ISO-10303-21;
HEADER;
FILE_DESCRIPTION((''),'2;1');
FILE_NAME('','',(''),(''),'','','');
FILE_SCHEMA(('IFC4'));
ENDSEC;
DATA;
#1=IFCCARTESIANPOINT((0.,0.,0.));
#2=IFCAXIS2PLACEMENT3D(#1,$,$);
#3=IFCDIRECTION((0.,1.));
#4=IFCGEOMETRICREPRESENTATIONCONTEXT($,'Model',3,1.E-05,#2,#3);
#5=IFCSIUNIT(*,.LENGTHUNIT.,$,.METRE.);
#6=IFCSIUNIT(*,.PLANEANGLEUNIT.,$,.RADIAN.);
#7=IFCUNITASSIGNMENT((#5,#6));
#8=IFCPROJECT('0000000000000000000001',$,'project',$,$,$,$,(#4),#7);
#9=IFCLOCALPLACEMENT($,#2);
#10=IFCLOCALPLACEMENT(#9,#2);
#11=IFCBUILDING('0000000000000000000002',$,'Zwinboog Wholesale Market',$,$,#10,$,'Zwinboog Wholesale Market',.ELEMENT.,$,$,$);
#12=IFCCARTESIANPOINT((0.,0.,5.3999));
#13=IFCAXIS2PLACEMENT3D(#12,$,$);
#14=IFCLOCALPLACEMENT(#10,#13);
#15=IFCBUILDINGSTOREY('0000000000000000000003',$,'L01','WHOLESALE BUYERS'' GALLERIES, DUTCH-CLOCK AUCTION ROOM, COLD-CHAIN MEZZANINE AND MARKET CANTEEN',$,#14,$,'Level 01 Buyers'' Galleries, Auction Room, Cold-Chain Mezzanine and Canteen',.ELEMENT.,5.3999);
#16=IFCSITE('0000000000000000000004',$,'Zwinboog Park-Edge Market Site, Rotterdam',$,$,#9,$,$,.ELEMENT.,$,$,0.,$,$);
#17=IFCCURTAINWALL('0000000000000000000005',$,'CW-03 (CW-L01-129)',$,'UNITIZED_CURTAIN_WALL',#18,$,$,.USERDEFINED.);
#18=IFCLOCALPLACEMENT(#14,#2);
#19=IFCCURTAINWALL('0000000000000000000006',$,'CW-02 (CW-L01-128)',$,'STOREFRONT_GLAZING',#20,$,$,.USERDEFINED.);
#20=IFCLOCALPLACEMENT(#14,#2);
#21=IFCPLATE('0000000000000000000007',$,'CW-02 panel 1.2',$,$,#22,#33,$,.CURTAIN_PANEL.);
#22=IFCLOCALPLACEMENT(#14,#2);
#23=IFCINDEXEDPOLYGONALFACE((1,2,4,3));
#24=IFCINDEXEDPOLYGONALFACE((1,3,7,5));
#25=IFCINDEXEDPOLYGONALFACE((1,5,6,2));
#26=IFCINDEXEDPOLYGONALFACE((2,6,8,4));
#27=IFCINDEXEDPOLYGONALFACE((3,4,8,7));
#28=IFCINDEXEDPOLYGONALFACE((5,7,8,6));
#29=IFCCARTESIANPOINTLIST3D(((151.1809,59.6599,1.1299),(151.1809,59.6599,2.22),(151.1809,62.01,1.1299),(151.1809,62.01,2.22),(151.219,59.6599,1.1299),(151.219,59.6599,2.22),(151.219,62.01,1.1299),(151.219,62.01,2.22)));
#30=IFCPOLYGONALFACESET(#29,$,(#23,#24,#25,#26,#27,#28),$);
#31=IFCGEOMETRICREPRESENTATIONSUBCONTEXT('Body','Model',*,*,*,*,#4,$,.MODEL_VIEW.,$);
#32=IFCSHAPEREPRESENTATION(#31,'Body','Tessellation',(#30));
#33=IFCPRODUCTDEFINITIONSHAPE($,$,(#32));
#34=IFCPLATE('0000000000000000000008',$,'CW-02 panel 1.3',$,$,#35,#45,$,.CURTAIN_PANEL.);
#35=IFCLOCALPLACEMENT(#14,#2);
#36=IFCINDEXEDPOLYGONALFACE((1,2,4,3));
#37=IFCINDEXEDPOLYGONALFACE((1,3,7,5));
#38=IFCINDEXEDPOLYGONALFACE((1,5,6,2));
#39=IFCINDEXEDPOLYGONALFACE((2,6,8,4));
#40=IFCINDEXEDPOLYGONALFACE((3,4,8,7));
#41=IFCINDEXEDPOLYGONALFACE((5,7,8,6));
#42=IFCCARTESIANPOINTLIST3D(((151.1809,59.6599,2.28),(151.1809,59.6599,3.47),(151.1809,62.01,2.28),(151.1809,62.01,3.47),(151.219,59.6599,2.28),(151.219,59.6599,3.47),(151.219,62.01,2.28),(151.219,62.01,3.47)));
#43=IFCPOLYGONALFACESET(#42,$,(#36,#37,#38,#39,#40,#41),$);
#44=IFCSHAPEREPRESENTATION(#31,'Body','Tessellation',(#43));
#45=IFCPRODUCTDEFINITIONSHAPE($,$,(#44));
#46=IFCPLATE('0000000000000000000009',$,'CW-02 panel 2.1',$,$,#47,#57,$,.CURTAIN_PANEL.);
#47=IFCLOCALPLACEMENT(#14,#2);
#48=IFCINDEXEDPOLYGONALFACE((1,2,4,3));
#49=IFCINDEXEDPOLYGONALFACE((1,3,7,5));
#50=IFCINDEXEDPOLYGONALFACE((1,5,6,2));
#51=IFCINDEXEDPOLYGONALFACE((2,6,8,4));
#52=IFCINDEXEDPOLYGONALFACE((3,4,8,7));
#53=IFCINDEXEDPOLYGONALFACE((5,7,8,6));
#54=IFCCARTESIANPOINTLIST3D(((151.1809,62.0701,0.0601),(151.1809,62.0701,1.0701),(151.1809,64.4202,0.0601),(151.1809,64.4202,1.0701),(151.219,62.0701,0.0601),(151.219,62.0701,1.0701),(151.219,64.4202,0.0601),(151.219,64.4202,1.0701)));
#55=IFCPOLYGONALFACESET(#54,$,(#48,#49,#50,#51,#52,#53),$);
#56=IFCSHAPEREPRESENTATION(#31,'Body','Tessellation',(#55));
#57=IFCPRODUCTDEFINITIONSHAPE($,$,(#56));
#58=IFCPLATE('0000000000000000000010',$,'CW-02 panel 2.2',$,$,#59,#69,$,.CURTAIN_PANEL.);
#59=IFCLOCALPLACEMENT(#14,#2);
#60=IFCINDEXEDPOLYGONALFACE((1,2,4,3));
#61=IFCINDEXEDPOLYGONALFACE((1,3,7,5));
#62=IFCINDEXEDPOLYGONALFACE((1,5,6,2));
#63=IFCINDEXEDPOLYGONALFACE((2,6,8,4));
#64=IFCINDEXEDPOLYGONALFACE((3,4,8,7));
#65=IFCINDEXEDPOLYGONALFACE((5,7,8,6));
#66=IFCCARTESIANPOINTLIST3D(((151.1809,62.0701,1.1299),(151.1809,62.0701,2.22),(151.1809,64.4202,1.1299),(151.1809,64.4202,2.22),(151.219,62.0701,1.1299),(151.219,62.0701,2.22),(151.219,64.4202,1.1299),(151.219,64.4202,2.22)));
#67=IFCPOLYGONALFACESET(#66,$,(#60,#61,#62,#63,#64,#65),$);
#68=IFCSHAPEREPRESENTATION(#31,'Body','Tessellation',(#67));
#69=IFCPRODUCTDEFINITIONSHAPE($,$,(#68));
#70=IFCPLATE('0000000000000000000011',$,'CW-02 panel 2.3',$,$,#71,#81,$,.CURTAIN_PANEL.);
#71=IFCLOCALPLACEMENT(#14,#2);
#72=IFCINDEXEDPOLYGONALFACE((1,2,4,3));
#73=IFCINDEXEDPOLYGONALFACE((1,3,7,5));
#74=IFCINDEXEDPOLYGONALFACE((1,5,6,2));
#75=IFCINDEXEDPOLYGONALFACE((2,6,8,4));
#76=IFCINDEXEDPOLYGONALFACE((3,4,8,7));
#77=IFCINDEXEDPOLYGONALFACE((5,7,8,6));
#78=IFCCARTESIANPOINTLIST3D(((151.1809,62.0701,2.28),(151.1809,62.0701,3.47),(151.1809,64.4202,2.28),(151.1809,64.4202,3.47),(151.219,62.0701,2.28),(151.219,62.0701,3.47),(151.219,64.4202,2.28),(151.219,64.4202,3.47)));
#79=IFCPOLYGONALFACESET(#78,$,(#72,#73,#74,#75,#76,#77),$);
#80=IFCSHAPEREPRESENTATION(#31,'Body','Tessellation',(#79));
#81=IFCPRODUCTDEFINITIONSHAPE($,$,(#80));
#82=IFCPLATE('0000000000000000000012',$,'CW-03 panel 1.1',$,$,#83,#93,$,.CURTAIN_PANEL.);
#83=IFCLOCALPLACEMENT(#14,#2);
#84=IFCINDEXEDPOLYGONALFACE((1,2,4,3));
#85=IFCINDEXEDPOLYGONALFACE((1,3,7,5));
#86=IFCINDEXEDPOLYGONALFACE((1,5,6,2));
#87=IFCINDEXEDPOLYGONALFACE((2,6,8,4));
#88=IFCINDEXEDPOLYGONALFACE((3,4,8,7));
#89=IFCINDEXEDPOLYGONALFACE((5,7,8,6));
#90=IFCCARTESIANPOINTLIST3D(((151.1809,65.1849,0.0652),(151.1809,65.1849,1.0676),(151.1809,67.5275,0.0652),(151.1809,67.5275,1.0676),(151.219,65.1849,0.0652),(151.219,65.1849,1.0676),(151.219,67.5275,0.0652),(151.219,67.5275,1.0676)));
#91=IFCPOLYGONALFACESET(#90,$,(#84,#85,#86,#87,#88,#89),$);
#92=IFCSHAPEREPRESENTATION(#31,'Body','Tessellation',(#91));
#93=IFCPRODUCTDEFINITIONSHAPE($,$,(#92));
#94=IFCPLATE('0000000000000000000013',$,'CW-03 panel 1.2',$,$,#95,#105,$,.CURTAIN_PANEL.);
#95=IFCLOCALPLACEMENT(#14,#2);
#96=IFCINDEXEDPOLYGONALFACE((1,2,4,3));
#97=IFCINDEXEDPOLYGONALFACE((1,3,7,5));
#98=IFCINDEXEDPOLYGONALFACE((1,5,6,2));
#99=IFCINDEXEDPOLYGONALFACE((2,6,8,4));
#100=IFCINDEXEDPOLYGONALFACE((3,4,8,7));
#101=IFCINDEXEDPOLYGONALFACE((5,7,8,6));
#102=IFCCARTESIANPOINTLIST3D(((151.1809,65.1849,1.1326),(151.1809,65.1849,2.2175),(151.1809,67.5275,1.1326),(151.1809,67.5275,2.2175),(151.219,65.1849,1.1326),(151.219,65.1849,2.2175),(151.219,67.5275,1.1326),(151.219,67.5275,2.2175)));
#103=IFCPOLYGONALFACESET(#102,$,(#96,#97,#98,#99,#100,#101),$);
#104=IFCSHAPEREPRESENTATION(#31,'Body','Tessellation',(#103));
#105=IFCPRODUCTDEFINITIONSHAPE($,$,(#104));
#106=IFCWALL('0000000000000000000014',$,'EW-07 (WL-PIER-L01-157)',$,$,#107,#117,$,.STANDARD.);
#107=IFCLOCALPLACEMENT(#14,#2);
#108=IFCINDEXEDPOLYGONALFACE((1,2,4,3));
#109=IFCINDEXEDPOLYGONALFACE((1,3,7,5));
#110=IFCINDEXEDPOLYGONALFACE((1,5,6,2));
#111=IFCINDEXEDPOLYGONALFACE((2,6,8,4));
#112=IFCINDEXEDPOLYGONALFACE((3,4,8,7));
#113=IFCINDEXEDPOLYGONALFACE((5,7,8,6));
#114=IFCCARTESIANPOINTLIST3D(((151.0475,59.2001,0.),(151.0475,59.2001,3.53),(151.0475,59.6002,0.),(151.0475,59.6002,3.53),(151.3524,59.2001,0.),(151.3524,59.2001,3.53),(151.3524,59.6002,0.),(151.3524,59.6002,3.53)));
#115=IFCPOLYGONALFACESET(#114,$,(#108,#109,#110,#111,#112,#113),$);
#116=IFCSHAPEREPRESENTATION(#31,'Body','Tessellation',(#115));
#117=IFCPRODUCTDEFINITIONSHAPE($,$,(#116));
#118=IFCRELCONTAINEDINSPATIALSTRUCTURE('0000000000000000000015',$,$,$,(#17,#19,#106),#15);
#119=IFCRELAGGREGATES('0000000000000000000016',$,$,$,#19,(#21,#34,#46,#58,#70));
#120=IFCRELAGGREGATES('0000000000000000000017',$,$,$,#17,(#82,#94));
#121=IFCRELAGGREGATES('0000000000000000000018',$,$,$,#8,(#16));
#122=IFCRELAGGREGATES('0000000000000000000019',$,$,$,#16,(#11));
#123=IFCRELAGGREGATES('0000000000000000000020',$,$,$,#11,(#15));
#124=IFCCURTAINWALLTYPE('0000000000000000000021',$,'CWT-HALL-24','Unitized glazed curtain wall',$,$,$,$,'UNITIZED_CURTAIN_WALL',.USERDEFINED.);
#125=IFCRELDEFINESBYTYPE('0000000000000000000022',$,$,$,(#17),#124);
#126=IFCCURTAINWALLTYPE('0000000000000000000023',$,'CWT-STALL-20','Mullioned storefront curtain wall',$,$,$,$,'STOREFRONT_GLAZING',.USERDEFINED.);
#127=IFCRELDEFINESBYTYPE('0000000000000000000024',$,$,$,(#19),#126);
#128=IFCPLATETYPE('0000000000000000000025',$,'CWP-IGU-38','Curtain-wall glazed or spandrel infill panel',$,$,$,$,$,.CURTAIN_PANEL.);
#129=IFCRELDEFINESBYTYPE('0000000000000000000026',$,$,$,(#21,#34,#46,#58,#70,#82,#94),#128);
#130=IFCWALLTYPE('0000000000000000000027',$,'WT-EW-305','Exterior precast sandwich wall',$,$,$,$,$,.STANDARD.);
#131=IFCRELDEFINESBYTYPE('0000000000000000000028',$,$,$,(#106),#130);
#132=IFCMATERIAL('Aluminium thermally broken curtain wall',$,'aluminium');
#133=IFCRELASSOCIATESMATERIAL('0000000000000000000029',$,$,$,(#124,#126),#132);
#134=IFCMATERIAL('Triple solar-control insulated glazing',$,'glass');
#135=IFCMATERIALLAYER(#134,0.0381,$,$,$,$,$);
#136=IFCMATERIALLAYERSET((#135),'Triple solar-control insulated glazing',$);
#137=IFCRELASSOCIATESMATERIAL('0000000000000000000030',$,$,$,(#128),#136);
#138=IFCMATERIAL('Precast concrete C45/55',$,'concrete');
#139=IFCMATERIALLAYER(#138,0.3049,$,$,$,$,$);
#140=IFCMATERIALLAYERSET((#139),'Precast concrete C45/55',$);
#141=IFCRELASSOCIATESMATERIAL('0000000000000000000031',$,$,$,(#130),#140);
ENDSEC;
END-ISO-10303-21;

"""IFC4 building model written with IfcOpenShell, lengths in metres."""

from ifc_helpers import new_model, si_unit, direction, frame, frame_2d, origin, origin_2d, place, context, subcontext, project, spatial, rectangle, extrude, material, layer, layer_set, type_object, element, aggregate, save


model = new_model("IFC4")

# Units and contexts
model_context = context("Model", 3, precision=1e-05, world=origin(), true_north=direction((0.0, 1.0)))
body_context = subcontext(model_context, "Body", "Model", "MODEL_VIEW")
ifc_project = project(units=[si_unit("LENGTHUNIT", "METRE"), si_unit("PLANEANGLEUNIT", "RADIAN")], contexts=[model_context])

# Site, building, storey
site_placement = place(None, origin())
site = spatial("IfcSite", under=ifc_project, at=site_placement, Name="Zwinboog Park-Edge Market Site, Rotterdam", CompositionType="ELEMENT", RefElevation=0.0)
building_placement = place(site_placement, origin())
building = spatial("IfcBuilding", under=site, at=building_placement, Name="Zwinboog Wholesale Market", LongName="Zwinboog Wholesale Market", CompositionType="ELEMENT")
storey_placement = place(building_placement, frame((0.0, 0.0, 5.3999)))
storey = spatial("IfcBuildingStorey", under=building, at=storey_placement, Name="L01", Description="WHOLESALE BUYERS' GALLERIES, DUTCH-CLOCK AUCTION ROOM, COLD-CHAIN MEZZANINE AND MARKET CANTEEN", LongName="Level 01 Buyers' Galleries, Auction Room, Cold-Chain Mezzanine and Canteen", CompositionType="ELEMENT", Elevation=5.3999)

# Shared definitions
ifc_material_1 = material(Name="Precast concrete C45/55", Category="concrete")

# Curtain wall
ifc_material_2 = material(Name="Aluminium thermally broken curtain wall", Category="aluminium")
curtain_wall_type_1 = type_object("IfcCurtainWallType", Name="CWT-HALL-24", Description="Unitized glazed curtain wall", ElementType="UNITIZED_CURTAIN_WALL", PredefinedType="USERDEFINED", material=ifc_material_2)
curtain_wall_1_placement = place(storey_placement, origin())
curtain_wall_1 = element("IfcCurtainWall", 1, at=curtain_wall_1_placement, inside=storey, type_object=curtain_wall_type_1, Name="CW-03 (CW-L01-129)", ObjectType="UNITIZED_CURTAIN_WALL", PredefinedType="USERDEFINED")

# Curtain wall
curtain_wall_type_2 = type_object("IfcCurtainWallType", Name="CWT-STALL-20", Description="Mullioned storefront curtain wall", ElementType="STOREFRONT_GLAZING", PredefinedType="USERDEFINED", material=ifc_material_2)
curtain_wall_2_placement = place(storey_placement, origin())
curtain_wall_2 = element("IfcCurtainWall", 2, at=curtain_wall_2_placement, inside=storey, type_object=curtain_wall_type_2, Name="CW-02 (CW-L01-128)", ObjectType="STOREFRONT_GLAZING", PredefinedType="USERDEFINED")

# Plates
ifc_material_3 = material(Name="Triple solar-control insulated glazing", Category="glass")
ifc_layer_1 = layer(ifc_material_3, 0.0381)
ifc_layer_set_1 = layer_set([ifc_layer_1], Name="Triple solar-control insulated glazing")
plate_type = type_object("IfcPlateType", Name="CWP-IGU-38", Description="Curtain-wall glazed or spandrel infill panel", PredefinedType="CURTAIN_PANEL", material=ifc_layer_set_1)
plate_1_placement = place(storey_placement, frame((151.2, 60.835, 1.1299), z_axis=(0.0, 0.0, 1.0), x_axis=(0.0, 1.0, 0.0)))
plate_1 = element("IfcPlate", 3, at=plate_1_placement, type_object=plate_type, Name="CW-02 panel 1.2", PredefinedType="CURTAIN_PANEL", context=body_context, shape_type="SweptSolid", body=[
    extrude(rectangle(XDim=2.3501, YDim=0.0381, at=origin_2d()), origin(), (0.0, 0.0, 1.0), 1.0901),
])
plate_2_placement = place(storey_placement, frame((151.2, 60.835, 2.28), z_axis=(0.0, 0.0, 1.0), x_axis=(0.0, 1.0, 0.0)))
plate_2 = element("IfcPlate", 4, at=plate_2_placement, type_object=plate_type, Name="CW-02 panel 1.3", PredefinedType="CURTAIN_PANEL", context=body_context, shape_type="SweptSolid", body=[
    extrude(rectangle(XDim=2.3501, YDim=0.0381, at=origin_2d()), origin(), (0.0, 0.0, 1.0), 1.1899),
])
plate_3_placement = place(storey_placement, frame((151.2, 63.2451, 0.0601), z_axis=(0.0, 0.0, 1.0), x_axis=(0.0, 1.0, 0.0)))
plate_3 = element("IfcPlate", 5, at=plate_3_placement, type_object=plate_type, Name="CW-02 panel 2.1", PredefinedType="CURTAIN_PANEL", context=body_context, shape_type="SweptSolid", body=[
    extrude(rectangle(XDim=2.3501, YDim=0.0381, at=origin_2d()), origin(), (0.0, 0.0, 1.0), 1.01),
])
plate_4_placement = place(storey_placement, frame((151.2, 63.2451, 1.1299), z_axis=(0.0, 0.0, 1.0), x_axis=(0.0, 1.0, 0.0)))
plate_4 = element("IfcPlate", 6, at=plate_4_placement, type_object=plate_type, Name="CW-02 panel 2.2", PredefinedType="CURTAIN_PANEL", context=body_context, shape_type="SweptSolid", body=[
    extrude(rectangle(XDim=2.3501, YDim=0.0381, at=origin_2d()), origin(), (0.0, 0.0, 1.0), 1.0901),
])
plate_5_placement = place(storey_placement, frame((151.2, 63.2451, 2.28), z_axis=(0.0, 0.0, 1.0), x_axis=(0.0, 1.0, 0.0)))
plate_5 = element("IfcPlate", 7, at=plate_5_placement, type_object=plate_type, Name="CW-02 panel 2.3", PredefinedType="CURTAIN_PANEL", context=body_context, shape_type="SweptSolid", body=[
    extrude(rectangle(XDim=2.3501, YDim=0.0381, at=origin_2d()), origin(), (0.0, 0.0, 1.0), 1.1899),
])
aggregate(curtain_wall_2, [plate_1, plate_2, plate_3, plate_4, plate_5])
plate_6_placement = place(storey_placement, frame((151.2, 66.3562, 0.0652), z_axis=(0.0, 0.0, 1.0), x_axis=(0.0, 1.0, 0.0)))
plate_6 = element("IfcPlate", 8, at=plate_6_placement, type_object=plate_type, Name="CW-03 panel 1.1", PredefinedType="CURTAIN_PANEL", context=body_context, shape_type="SweptSolid", body=[
    extrude(rectangle(XDim=2.3425, YDim=0.0381, at=origin_2d()), origin(), (0.0, 0.0, 1.0), 1.0024),
])
plate_7_placement = place(storey_placement, frame((151.2, 66.3562, 1.1326), z_axis=(0.0, 0.0, 1.0), x_axis=(0.0, 1.0, 0.0)))
plate_7 = element("IfcPlate", 9, at=plate_7_placement, type_object=plate_type, Name="CW-03 panel 1.2", PredefinedType="CURTAIN_PANEL", context=body_context, shape_type="SweptSolid", body=[
    extrude(rectangle(XDim=2.3425, YDim=0.0381, at=origin_2d()), origin(), (0.0, 0.0, 1.0), 1.085),
])
aggregate(curtain_wall_1, [plate_6, plate_7])

# Wall
ifc_layer_2 = layer(ifc_material_1, 0.3049)
ifc_layer_set_2 = layer_set([ifc_layer_2], Name="Precast concrete C45/55")
wall_type = type_object("IfcWallType", Name="WT-EW-305", Description="Exterior precast sandwich wall", PredefinedType="STANDARD", material=ifc_layer_set_2)
wall_placement = place(storey_placement, frame((151.2, 59.2, 0.0), z_axis=(0.0, 0.0, 1.0), x_axis=(0.0, 1.0, 0.0)))
element("IfcWall", 10, at=wall_placement, inside=storey, type_object=wall_type, Name="EW-07 (WL-PIER-L01-157)", PredefinedType="STANDARD", context=body_context, shape_type="SweptSolid", body=[
    extrude(rectangle(XDim=0.4001, YDim=0.3049, at=frame_2d((0.2002, 0.0))), origin(), (0.0, 0.0, 1.0), 3.53),
])

save(model, "model.ifc")
